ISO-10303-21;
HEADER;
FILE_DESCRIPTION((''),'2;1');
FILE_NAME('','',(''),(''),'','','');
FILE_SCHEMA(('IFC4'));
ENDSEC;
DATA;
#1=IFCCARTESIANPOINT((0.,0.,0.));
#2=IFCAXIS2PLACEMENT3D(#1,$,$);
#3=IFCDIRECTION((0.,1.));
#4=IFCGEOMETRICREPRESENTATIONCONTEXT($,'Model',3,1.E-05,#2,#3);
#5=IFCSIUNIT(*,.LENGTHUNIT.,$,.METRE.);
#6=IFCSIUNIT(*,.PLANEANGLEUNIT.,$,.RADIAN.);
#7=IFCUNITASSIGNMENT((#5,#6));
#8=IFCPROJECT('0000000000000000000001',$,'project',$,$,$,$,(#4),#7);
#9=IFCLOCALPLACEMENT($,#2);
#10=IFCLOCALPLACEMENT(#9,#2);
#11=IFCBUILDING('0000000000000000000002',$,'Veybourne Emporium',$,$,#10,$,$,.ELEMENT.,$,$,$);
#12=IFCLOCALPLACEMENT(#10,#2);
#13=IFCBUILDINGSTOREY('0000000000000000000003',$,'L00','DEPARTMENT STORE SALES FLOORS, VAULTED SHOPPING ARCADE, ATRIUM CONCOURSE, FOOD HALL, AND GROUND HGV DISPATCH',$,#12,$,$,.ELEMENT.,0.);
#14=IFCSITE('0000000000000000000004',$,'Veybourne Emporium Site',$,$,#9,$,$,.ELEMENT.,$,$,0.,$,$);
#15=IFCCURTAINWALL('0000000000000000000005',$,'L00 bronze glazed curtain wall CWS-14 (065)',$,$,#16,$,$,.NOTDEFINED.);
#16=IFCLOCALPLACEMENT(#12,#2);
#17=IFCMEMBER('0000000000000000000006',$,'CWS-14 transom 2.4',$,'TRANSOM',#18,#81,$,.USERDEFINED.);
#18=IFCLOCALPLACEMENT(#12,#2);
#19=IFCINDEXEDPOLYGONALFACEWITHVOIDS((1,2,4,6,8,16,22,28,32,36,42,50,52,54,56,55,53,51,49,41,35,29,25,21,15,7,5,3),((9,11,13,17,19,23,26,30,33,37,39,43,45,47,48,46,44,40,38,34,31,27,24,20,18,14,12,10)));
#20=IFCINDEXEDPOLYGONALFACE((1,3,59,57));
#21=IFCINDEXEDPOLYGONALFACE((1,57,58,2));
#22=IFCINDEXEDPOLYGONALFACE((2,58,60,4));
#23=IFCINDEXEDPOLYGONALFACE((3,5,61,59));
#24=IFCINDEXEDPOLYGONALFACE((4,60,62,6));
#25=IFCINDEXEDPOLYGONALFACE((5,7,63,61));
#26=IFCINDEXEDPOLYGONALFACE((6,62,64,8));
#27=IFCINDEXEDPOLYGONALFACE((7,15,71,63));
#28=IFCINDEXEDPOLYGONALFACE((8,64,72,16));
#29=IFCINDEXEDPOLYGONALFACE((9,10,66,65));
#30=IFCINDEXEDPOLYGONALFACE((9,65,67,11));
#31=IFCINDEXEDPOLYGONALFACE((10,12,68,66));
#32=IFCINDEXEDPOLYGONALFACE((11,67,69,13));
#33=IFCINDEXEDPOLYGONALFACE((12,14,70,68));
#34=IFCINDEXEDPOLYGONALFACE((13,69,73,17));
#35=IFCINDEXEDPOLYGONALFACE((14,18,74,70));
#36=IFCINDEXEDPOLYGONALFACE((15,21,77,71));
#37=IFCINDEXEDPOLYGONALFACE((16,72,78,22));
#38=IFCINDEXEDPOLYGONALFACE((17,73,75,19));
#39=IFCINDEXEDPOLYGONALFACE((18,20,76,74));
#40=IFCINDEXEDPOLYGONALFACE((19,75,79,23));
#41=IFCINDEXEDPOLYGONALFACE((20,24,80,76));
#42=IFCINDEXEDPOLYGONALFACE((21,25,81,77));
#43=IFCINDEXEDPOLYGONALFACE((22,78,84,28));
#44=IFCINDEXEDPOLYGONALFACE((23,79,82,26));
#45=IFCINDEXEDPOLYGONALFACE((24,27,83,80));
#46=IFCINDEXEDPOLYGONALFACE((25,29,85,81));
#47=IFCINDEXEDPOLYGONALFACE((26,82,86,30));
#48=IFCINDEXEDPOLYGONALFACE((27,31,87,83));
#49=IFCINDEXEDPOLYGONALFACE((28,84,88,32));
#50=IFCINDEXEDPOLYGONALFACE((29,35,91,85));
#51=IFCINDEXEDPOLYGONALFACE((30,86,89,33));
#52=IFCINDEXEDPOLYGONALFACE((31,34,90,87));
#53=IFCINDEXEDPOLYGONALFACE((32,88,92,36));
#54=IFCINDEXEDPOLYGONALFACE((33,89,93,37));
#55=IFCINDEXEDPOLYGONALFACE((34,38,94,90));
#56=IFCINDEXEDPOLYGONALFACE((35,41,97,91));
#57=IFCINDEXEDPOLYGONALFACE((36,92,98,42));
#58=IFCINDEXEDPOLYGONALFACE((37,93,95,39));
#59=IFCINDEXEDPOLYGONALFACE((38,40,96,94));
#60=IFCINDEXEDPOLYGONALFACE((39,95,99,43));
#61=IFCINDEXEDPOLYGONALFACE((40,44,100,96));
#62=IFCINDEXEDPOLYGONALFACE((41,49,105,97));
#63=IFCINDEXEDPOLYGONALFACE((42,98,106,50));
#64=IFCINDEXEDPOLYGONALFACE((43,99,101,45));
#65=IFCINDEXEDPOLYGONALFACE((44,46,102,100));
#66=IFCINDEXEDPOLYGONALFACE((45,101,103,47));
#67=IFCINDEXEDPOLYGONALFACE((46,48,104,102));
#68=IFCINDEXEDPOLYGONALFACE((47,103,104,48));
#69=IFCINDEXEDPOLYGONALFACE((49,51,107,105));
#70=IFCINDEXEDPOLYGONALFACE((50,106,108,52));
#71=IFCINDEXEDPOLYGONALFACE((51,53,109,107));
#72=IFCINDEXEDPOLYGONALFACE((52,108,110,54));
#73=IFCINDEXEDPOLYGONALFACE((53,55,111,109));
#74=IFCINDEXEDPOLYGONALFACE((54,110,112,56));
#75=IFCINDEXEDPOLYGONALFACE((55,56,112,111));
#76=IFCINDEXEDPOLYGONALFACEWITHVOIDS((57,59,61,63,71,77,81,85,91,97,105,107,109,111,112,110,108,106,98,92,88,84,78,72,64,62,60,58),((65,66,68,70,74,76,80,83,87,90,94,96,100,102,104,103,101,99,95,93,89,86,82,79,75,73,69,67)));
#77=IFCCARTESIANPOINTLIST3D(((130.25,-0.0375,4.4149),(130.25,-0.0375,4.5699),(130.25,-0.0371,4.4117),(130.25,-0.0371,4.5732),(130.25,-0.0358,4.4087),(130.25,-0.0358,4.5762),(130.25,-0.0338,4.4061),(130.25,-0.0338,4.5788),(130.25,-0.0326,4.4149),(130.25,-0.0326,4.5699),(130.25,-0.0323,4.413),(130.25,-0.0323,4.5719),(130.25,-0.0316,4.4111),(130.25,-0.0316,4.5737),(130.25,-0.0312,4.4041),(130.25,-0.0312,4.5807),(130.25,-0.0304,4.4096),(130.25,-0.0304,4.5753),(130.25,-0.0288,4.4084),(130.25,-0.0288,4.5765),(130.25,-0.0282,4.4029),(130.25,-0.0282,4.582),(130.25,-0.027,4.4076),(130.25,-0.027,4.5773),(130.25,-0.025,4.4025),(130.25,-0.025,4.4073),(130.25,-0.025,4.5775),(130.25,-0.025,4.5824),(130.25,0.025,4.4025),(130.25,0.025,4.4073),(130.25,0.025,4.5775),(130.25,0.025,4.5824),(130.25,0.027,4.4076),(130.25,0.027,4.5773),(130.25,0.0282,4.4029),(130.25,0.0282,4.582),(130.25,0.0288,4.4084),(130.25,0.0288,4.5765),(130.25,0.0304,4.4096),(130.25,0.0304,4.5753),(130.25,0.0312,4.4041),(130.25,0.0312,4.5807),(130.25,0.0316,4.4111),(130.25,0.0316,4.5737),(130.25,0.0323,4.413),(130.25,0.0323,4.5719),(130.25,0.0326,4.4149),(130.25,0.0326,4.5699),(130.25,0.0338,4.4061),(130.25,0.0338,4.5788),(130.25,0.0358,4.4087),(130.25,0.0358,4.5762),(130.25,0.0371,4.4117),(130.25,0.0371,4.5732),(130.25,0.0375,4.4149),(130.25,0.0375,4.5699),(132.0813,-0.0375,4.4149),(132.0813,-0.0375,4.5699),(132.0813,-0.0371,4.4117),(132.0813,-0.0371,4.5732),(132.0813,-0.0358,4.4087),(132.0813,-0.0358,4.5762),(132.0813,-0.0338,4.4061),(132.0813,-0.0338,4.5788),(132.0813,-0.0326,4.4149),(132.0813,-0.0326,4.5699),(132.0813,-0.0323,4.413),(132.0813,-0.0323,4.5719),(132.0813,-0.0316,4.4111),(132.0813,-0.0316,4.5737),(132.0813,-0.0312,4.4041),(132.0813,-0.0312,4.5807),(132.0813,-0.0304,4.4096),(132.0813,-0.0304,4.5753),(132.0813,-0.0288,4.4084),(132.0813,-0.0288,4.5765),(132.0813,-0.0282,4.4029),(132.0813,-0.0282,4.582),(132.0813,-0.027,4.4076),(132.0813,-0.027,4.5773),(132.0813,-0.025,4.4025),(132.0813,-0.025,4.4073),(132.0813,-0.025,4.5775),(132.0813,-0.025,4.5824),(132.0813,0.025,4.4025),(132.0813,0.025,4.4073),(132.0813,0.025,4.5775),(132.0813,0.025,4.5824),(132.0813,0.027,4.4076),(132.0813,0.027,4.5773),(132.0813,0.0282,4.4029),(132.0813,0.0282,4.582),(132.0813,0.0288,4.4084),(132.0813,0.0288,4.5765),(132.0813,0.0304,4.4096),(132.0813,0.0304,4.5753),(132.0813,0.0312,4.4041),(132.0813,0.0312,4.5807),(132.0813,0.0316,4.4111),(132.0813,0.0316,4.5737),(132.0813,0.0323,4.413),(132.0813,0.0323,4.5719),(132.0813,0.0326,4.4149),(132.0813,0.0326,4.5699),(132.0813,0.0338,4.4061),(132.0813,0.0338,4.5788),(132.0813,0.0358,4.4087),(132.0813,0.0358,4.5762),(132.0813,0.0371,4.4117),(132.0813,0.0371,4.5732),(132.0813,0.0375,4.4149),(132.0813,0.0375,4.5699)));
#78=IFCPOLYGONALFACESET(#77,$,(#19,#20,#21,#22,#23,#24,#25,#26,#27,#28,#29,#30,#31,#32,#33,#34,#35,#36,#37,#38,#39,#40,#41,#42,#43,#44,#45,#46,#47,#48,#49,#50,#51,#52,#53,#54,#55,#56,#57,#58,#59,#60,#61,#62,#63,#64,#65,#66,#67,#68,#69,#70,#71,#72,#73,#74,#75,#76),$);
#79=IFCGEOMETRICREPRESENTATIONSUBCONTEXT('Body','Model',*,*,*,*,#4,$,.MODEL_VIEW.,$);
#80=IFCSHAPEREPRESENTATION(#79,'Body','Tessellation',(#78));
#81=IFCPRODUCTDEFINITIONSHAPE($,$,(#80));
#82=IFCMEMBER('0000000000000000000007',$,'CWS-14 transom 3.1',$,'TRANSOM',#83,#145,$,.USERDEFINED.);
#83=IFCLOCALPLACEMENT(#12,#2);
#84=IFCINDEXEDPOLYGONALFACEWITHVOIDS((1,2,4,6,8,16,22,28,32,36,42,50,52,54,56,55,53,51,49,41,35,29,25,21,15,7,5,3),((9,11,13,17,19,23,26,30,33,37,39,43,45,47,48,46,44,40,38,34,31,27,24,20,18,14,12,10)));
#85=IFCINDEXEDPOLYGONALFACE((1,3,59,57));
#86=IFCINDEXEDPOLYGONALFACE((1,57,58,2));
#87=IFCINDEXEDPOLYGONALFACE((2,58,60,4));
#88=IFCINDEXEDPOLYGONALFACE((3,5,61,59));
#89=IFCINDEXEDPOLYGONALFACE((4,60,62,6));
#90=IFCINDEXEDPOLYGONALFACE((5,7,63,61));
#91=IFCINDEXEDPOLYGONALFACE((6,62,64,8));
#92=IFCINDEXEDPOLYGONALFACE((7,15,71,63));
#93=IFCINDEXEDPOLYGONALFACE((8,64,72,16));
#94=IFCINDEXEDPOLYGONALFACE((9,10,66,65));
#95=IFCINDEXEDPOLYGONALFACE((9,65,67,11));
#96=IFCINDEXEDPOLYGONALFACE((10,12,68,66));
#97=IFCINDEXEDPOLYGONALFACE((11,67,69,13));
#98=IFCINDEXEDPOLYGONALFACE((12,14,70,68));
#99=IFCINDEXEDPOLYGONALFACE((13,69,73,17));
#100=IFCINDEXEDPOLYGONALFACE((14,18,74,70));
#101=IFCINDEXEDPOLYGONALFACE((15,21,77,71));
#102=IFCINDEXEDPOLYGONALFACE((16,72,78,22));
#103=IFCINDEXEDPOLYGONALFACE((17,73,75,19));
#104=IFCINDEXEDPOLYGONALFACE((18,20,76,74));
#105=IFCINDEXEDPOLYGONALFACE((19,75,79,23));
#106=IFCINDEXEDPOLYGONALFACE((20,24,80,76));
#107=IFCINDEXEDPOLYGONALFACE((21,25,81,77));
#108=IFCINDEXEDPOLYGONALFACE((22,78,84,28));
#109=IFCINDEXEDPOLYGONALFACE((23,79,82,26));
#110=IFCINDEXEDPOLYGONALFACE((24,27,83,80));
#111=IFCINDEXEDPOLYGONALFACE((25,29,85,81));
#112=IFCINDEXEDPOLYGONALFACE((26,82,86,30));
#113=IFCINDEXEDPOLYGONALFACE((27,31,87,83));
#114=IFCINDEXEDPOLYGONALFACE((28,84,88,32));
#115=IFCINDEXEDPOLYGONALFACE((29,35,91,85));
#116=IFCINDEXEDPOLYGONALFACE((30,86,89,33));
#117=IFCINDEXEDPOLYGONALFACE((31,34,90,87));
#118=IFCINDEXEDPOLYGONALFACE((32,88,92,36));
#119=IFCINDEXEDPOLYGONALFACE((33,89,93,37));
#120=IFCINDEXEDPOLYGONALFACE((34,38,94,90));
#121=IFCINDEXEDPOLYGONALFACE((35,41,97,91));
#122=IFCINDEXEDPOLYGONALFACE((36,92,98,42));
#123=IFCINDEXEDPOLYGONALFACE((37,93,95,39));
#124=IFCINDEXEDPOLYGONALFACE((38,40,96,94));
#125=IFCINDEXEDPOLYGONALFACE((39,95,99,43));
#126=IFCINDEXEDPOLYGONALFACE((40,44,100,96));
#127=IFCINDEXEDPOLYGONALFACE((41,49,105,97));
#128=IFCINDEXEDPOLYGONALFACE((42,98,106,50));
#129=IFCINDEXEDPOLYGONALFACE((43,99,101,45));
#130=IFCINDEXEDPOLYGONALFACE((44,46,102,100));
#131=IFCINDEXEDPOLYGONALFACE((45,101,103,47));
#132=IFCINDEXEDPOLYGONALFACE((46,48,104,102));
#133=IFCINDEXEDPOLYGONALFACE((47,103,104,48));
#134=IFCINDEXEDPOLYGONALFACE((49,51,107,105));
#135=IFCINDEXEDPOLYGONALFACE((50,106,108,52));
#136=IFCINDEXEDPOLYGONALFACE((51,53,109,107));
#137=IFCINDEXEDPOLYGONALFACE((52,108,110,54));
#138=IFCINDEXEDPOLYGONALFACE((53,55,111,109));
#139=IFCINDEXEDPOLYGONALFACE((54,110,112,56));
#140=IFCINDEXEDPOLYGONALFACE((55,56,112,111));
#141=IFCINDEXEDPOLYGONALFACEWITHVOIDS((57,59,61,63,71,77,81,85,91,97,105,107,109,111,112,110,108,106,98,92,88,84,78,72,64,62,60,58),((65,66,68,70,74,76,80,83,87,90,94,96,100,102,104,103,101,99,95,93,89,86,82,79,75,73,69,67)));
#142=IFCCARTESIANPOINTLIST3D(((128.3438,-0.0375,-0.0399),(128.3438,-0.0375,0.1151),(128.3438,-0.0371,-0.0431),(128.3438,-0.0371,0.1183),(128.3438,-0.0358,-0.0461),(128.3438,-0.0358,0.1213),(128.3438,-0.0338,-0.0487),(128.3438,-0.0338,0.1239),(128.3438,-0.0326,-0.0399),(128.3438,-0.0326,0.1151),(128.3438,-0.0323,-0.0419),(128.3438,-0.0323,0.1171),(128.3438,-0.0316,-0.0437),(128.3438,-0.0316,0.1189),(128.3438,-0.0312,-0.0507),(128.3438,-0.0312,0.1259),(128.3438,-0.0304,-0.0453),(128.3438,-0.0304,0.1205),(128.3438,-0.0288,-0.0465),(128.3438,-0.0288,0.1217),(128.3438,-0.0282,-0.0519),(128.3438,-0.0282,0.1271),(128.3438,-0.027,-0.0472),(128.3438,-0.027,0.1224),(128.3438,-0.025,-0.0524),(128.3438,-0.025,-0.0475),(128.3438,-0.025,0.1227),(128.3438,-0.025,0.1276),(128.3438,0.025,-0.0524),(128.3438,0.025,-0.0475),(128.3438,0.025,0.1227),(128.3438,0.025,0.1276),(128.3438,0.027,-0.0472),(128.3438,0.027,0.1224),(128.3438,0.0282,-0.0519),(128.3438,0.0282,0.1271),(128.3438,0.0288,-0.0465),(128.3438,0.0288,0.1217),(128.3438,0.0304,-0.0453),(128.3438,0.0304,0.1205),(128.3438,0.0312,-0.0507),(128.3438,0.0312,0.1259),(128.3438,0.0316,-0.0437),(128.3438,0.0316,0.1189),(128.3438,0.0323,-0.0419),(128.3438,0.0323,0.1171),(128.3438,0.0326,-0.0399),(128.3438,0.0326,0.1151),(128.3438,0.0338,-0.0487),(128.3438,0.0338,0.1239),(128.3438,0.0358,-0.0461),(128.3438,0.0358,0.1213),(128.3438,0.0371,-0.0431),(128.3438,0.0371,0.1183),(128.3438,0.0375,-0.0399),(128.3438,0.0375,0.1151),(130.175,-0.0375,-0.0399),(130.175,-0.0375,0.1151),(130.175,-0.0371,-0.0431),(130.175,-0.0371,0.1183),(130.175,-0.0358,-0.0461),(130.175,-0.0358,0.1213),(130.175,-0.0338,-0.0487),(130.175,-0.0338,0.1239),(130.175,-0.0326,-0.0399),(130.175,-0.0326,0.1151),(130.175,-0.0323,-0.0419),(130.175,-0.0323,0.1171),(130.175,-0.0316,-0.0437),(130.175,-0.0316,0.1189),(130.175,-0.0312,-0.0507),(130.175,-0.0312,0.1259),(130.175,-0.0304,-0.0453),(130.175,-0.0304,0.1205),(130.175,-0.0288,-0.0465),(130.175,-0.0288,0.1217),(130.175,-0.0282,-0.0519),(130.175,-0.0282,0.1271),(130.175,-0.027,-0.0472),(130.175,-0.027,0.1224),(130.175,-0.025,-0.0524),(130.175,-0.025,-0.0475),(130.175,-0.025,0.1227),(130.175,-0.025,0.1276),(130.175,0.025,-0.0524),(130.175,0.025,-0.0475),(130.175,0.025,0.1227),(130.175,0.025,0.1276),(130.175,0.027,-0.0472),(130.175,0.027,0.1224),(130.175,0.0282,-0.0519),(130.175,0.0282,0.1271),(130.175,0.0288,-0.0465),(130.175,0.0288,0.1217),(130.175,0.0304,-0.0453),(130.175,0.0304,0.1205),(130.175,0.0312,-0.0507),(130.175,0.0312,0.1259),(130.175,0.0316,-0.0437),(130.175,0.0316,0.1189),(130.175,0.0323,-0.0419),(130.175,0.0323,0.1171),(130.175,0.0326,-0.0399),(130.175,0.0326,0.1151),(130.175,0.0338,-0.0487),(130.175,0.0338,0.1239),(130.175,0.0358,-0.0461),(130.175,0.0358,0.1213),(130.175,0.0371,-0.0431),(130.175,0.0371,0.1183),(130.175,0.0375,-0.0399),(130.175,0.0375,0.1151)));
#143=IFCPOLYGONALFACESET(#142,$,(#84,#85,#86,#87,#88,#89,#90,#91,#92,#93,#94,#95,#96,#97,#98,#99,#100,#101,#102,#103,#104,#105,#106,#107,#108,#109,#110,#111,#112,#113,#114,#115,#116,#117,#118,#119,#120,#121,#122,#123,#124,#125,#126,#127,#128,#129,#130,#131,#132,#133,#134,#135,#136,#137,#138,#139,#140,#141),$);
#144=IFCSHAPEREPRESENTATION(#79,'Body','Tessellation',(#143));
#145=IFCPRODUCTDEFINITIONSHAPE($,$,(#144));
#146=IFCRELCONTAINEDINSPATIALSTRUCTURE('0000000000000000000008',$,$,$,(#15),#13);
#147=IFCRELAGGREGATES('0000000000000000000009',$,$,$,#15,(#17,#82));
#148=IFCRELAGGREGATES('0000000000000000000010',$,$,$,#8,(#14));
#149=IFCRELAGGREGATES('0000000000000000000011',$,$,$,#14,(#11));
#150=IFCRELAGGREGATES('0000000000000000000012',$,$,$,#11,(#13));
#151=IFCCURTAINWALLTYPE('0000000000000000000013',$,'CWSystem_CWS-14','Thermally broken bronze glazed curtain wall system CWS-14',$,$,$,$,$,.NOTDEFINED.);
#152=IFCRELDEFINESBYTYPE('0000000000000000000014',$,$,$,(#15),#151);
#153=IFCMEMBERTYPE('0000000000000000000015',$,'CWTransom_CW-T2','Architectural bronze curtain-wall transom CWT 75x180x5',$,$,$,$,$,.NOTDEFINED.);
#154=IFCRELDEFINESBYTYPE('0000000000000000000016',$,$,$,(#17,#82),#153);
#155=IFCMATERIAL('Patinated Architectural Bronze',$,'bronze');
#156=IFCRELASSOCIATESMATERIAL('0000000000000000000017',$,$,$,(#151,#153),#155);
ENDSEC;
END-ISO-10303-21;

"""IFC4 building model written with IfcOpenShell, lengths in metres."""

from ifc_helpers import new_model, si_unit, direction, frame, origin, origin_2d, place, context, subcontext, project, spatial, hollow_rectangle, extrude, material, material_profile, profile_set, type_object, element, aggregate, save


model = new_model("IFC4")

# Units and contexts
model_context = context("Model", 3, precision=1e-05, world=origin(), true_north=direction((0.0, 1.0)))
body_context = subcontext(model_context, "Body", "Model", "MODEL_VIEW")
ifc_project = project(units=[si_unit("LENGTHUNIT", "METRE"), si_unit("PLANEANGLEUNIT", "RADIAN")], contexts=[model_context])

# Site, building, storey
site_placement = place(None, origin())
site = spatial("IfcSite", under=ifc_project, at=site_placement, Name="Veybourne Emporium Site", CompositionType="ELEMENT", RefElevation=0.0)
building_placement = place(site_placement, origin())
building = spatial("IfcBuilding", under=site, at=building_placement, Name="Veybourne Emporium", CompositionType="ELEMENT")
storey_placement = place(building_placement, origin())
storey = spatial("IfcBuildingStorey", under=building, at=storey_placement, Name="L00", Description="DEPARTMENT STORE SALES FLOORS, VAULTED SHOPPING ARCADE, ATRIUM CONCOURSE, FOOD HALL, AND GROUND HGV DISPATCH", CompositionType="ELEMENT", Elevation=0.0)

# Curtain wall, members
ifc_material_1 = material(Name="Patinated Architectural Bronze", Category="bronze")
curtain_wall_type = type_object("IfcCurtainWallType", Name="CWSystem_CWS-14", Description="Thermally broken bronze glazed curtain wall system CWS-14", PredefinedType="NOTDEFINED", material=ifc_material_1)
curtain_wall_placement = place(storey_placement, origin())
curtain_wall = element("IfcCurtainWall", 1, at=curtain_wall_placement, inside=storey, type_object=curtain_wall_type, Name="L00 bronze glazed curtain wall CWS-14 (065)", PredefinedType="NOTDEFINED")
ifc_material_profile_1 = material_profile(ifc_material_1, hollow_rectangle(XDim=0.075, YDim=0.1799, WallThickness=0.0049, InnerFilletRadius=0.0076, OuterFilletRadius=0.0125, at=origin_2d()), Name="CWT 75x180x5")
ifc_profile_set_1 = profile_set([ifc_material_profile_1], Name="Patinated Architectural Bronze")
member_type_1 = type_object("IfcMemberType", Name="CWTransom_CW-T2", Description="Architectural bronze curtain-wall transom CWT 75x180x5", PredefinedType="NOTDEFINED", material=ifc_profile_set_1)
member_1_placement = place(storey_placement, frame((132.0813, 0.0, 4.4924), z_axis=(-1.0, 0.0, 0.0), x_axis=(0.0, -1.0, 0.0)))
member_1 = element("IfcMember", 2, at=member_1_placement, type_object=member_type_1, Name="CWS-14 transom 2.4", ObjectType="TRANSOM", PredefinedType="USERDEFINED", context=body_context, shape_type="SweptSolid", body=[
    extrude(hollow_rectangle(XDim=0.075, YDim=0.1799, WallThickness=0.0049, InnerFilletRadius=0.0076, OuterFilletRadius=0.0125, at=origin_2d()), origin(), (0.0, 0.0, 1.0), 1.8313),
])
member_2_placement = place(storey_placement, frame((130.175, 0.0, 0.0376), z_axis=(-1.0, 0.0, 0.0), x_axis=(0.0, -1.0, 0.0)))
member_2 = element("IfcMember", 3, at=member_2_placement, type_object=member_type_1, Name="CWS-14 transom 3.1", ObjectType="TRANSOM", PredefinedType="USERDEFINED", context=body_context, shape_type="SweptSolid", body=[
    extrude(hollow_rectangle(XDim=0.075, YDim=0.1799, WallThickness=0.0049, InnerFilletRadius=0.0076, OuterFilletRadius=0.0125, at=origin_2d()), origin(), (0.0, 0.0, 1.0), 1.8313),
])

aggregate(curtain_wall, [member_1, member_2])

save(model, "model.ifc")
